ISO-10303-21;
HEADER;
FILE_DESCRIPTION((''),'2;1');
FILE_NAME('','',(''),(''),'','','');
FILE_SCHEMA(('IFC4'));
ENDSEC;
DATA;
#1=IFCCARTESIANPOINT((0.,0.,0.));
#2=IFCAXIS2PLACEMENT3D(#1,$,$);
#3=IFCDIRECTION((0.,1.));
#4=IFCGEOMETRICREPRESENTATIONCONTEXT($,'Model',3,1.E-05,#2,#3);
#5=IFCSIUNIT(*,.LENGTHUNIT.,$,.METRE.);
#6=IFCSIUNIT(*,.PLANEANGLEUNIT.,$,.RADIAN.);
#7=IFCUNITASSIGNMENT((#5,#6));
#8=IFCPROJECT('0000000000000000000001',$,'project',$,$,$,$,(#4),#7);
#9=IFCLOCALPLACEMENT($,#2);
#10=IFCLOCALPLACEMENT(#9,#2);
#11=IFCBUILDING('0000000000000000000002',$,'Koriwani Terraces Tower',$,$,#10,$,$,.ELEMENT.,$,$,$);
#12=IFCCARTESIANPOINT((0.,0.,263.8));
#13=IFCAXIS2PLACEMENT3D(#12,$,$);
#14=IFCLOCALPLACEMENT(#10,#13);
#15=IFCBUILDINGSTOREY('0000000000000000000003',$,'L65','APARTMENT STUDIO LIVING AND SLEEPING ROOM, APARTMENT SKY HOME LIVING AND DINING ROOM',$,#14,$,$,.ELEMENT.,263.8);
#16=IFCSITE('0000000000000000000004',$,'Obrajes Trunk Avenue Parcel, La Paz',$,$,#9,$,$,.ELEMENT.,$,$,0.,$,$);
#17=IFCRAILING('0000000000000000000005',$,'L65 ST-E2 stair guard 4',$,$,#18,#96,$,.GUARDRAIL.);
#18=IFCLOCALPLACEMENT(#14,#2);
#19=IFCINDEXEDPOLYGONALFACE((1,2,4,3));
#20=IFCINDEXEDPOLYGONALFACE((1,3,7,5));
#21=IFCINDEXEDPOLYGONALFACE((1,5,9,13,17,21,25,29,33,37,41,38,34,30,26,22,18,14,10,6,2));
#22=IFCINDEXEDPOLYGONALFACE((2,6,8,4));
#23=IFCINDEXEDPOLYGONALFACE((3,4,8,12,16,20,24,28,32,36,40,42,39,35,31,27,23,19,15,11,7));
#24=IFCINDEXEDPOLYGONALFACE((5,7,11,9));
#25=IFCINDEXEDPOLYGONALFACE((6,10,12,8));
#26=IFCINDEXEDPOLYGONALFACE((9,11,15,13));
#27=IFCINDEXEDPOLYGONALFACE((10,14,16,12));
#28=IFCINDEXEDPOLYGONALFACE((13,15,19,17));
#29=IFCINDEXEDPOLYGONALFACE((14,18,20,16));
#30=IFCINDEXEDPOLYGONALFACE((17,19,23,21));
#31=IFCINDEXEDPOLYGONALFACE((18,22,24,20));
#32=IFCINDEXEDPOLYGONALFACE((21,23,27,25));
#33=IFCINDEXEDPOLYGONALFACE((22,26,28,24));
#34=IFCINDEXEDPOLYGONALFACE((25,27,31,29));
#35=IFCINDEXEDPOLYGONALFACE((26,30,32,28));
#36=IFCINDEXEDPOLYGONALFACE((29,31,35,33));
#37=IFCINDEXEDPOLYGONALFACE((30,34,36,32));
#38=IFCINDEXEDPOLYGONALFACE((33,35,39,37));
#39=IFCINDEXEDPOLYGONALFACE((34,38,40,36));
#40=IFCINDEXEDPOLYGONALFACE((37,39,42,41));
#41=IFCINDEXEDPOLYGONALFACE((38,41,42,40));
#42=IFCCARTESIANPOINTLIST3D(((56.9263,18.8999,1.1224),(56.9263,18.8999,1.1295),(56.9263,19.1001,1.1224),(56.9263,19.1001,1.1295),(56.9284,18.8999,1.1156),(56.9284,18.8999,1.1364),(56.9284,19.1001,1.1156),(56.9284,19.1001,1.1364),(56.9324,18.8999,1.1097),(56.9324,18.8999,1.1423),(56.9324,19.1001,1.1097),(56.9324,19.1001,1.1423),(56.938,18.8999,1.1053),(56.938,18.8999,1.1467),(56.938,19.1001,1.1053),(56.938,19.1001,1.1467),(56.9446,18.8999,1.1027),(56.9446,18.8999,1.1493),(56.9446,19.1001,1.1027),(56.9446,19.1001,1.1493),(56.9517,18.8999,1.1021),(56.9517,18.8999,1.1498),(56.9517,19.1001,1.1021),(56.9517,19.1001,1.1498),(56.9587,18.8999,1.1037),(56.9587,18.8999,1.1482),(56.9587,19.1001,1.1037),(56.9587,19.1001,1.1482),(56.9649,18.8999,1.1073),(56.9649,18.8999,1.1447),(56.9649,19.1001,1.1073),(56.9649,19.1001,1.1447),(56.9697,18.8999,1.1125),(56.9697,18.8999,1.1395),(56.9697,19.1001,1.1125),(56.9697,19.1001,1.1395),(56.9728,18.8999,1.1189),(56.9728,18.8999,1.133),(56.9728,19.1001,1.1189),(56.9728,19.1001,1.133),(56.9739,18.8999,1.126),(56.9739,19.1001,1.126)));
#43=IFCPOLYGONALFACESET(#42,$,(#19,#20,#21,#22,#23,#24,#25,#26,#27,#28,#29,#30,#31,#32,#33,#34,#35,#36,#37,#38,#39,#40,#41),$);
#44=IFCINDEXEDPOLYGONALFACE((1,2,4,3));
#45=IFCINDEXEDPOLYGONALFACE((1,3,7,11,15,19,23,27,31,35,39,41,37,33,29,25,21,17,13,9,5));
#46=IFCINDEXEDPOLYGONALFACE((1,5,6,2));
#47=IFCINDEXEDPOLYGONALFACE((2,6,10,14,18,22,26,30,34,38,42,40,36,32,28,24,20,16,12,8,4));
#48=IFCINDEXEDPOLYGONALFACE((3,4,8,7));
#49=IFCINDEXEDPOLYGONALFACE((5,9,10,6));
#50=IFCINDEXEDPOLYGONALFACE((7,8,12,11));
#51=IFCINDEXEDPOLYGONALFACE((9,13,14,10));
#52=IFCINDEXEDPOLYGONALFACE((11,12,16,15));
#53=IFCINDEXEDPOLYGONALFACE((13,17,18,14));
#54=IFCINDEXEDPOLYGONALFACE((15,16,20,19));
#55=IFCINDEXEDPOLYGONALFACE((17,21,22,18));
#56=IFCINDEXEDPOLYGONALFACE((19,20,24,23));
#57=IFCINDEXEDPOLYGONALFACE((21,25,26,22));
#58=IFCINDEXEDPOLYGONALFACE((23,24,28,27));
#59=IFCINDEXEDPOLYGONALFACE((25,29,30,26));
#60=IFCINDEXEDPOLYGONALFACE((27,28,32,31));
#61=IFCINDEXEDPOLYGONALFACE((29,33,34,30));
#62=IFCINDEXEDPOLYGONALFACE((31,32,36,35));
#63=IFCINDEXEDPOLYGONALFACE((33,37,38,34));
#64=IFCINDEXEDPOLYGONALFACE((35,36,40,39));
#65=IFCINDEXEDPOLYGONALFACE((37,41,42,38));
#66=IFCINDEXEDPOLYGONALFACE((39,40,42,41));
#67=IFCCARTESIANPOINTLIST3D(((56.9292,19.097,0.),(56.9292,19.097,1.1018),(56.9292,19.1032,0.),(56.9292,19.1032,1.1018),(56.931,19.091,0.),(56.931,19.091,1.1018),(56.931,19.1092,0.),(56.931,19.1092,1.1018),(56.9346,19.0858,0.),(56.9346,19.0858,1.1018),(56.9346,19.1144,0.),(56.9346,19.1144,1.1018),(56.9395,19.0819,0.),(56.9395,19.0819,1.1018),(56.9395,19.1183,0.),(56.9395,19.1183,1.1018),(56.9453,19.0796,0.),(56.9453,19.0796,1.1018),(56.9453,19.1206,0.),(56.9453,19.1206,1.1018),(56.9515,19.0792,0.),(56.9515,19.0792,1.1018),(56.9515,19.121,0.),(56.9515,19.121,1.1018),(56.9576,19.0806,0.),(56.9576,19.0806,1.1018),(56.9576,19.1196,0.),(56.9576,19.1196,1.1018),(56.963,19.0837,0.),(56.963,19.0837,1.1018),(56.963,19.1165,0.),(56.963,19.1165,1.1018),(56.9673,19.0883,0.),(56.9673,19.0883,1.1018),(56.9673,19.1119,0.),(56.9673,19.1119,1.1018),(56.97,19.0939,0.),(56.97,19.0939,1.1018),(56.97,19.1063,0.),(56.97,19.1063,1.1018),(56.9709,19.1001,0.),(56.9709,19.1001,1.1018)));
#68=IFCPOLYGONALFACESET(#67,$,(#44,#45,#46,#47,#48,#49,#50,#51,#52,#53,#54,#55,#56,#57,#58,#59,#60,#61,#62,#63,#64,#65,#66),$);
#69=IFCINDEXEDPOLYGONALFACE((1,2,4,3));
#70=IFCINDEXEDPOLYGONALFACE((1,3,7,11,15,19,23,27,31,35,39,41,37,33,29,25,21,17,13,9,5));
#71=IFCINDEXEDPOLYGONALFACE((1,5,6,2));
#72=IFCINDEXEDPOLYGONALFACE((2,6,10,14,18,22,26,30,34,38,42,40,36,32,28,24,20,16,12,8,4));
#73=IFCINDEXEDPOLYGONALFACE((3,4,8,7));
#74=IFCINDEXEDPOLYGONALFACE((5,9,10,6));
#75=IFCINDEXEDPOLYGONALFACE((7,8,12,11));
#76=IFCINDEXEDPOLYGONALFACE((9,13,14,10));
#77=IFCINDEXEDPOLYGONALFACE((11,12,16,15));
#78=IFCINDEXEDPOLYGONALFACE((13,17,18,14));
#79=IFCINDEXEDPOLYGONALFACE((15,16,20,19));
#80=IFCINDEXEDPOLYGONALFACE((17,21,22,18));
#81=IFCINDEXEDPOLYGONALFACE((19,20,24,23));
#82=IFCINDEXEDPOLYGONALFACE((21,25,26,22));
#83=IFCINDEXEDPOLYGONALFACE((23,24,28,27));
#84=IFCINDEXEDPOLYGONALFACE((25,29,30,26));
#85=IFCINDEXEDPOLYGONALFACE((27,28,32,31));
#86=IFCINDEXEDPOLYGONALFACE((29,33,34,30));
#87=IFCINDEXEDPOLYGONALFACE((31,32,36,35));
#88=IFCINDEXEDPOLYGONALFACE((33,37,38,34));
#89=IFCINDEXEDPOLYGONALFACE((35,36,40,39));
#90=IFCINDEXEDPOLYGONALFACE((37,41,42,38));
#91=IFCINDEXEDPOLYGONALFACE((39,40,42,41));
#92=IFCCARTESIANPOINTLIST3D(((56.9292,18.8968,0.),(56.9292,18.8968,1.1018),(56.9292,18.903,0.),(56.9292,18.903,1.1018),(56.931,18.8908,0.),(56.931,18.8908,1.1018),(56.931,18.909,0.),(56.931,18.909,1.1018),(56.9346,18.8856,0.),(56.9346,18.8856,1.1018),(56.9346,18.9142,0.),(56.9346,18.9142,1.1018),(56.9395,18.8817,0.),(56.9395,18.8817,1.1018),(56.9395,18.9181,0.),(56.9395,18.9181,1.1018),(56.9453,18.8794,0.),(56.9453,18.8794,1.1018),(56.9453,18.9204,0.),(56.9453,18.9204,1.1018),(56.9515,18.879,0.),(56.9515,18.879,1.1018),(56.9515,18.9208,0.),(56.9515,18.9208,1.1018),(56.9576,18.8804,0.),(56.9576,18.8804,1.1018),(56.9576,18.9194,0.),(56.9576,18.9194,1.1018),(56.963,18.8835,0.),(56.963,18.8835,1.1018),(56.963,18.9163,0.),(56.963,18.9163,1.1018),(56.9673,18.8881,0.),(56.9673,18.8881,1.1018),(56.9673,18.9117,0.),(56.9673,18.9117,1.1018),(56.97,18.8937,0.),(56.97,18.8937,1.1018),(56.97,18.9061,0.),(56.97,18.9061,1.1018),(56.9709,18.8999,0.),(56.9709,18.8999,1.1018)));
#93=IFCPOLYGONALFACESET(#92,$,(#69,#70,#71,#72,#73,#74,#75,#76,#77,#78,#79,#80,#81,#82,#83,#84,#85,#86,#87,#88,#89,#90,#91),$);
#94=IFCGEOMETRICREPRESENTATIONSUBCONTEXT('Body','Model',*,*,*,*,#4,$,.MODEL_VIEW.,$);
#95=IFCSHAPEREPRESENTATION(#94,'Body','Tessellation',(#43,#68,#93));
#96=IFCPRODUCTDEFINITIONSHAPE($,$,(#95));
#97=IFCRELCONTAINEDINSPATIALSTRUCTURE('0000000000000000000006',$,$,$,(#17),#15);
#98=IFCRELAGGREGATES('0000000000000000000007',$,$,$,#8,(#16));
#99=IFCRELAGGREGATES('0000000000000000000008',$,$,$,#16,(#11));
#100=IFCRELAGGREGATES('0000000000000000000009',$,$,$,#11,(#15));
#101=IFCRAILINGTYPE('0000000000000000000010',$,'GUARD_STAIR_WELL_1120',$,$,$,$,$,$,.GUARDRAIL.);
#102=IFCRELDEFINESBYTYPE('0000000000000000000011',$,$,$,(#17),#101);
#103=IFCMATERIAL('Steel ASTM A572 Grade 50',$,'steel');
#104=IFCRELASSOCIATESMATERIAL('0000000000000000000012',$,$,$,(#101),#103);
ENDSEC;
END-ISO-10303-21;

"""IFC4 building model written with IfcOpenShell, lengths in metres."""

from ifc_helpers import new_model, si_unit, direction, frame, origin, origin_2d, place, context, subcontext, project, spatial, circle, extrude, material, type_object, element, save


model = new_model("IFC4")

# Units and contexts
model_context = context("Model", 3, precision=1e-05, world=origin(), true_north=direction((0.0, 1.0)))
body_context = subcontext(model_context, "Body", "Model", "MODEL_VIEW")
ifc_project = project(units=[si_unit("LENGTHUNIT", "METRE"), si_unit("PLANEANGLEUNIT", "RADIAN")], contexts=[model_context])

# Site, building, storey
site_placement = place(None, origin())
site = spatial("IfcSite", under=ifc_project, at=site_placement, Name="Obrajes Trunk Avenue Parcel, La Paz", CompositionType="ELEMENT", RefElevation=0.0)
building_placement = place(site_placement, origin())
building = spatial("IfcBuilding", under=site, at=building_placement, Name="Koriwani Terraces Tower", CompositionType="ELEMENT")
storey_placement = place(building_placement, frame((0.0, 0.0, 263.8)))
storey = spatial("IfcBuildingStorey", under=building, at=storey_placement, Name="L65", Description="APARTMENT STUDIO LIVING AND SLEEPING ROOM, APARTMENT SKY HOME LIVING AND DINING ROOM", CompositionType="ELEMENT", Elevation=263.8)

# Shared definitions
ifc_material_1 = material(Name="Steel ASTM A572 Grade 50", Category="steel")

# Railing
railing_type_1 = type_object("IfcRailingType", Name="GUARD_STAIR_WELL_1120", PredefinedType="GUARDRAIL", material=ifc_material_1)
railing_1_placement = place(storey_placement, frame((56.95, 19.1001, 0.0)))
element("IfcRailing", 1, at=railing_1_placement, inside=storey, type_object=railing_type_1, Name="L65 ST-E2 stair guard 4", PredefinedType="GUARDRAIL", context=body_context, shape_type="SweptSolid", body=[
    extrude(circle(Radius=0.0239, at=origin_2d()), frame((0.0, 0.0, 1.126), z_axis=(0.0, -1.0, 0.0), x_axis=(1.0, 0.0, 0.0)), (0.0, 0.0, 1.0), 0.2002),
    extrude(circle(Radius=0.021, at=origin_2d()), origin(), (0.0, 0.0, 1.0), 1.1018),
    extrude(circle(Radius=0.021, at=origin_2d()), frame((0.0, -0.2002, 0.0)), (0.0, 0.0, 1.0), 1.1018),
])

save(model, "model.ifc")
